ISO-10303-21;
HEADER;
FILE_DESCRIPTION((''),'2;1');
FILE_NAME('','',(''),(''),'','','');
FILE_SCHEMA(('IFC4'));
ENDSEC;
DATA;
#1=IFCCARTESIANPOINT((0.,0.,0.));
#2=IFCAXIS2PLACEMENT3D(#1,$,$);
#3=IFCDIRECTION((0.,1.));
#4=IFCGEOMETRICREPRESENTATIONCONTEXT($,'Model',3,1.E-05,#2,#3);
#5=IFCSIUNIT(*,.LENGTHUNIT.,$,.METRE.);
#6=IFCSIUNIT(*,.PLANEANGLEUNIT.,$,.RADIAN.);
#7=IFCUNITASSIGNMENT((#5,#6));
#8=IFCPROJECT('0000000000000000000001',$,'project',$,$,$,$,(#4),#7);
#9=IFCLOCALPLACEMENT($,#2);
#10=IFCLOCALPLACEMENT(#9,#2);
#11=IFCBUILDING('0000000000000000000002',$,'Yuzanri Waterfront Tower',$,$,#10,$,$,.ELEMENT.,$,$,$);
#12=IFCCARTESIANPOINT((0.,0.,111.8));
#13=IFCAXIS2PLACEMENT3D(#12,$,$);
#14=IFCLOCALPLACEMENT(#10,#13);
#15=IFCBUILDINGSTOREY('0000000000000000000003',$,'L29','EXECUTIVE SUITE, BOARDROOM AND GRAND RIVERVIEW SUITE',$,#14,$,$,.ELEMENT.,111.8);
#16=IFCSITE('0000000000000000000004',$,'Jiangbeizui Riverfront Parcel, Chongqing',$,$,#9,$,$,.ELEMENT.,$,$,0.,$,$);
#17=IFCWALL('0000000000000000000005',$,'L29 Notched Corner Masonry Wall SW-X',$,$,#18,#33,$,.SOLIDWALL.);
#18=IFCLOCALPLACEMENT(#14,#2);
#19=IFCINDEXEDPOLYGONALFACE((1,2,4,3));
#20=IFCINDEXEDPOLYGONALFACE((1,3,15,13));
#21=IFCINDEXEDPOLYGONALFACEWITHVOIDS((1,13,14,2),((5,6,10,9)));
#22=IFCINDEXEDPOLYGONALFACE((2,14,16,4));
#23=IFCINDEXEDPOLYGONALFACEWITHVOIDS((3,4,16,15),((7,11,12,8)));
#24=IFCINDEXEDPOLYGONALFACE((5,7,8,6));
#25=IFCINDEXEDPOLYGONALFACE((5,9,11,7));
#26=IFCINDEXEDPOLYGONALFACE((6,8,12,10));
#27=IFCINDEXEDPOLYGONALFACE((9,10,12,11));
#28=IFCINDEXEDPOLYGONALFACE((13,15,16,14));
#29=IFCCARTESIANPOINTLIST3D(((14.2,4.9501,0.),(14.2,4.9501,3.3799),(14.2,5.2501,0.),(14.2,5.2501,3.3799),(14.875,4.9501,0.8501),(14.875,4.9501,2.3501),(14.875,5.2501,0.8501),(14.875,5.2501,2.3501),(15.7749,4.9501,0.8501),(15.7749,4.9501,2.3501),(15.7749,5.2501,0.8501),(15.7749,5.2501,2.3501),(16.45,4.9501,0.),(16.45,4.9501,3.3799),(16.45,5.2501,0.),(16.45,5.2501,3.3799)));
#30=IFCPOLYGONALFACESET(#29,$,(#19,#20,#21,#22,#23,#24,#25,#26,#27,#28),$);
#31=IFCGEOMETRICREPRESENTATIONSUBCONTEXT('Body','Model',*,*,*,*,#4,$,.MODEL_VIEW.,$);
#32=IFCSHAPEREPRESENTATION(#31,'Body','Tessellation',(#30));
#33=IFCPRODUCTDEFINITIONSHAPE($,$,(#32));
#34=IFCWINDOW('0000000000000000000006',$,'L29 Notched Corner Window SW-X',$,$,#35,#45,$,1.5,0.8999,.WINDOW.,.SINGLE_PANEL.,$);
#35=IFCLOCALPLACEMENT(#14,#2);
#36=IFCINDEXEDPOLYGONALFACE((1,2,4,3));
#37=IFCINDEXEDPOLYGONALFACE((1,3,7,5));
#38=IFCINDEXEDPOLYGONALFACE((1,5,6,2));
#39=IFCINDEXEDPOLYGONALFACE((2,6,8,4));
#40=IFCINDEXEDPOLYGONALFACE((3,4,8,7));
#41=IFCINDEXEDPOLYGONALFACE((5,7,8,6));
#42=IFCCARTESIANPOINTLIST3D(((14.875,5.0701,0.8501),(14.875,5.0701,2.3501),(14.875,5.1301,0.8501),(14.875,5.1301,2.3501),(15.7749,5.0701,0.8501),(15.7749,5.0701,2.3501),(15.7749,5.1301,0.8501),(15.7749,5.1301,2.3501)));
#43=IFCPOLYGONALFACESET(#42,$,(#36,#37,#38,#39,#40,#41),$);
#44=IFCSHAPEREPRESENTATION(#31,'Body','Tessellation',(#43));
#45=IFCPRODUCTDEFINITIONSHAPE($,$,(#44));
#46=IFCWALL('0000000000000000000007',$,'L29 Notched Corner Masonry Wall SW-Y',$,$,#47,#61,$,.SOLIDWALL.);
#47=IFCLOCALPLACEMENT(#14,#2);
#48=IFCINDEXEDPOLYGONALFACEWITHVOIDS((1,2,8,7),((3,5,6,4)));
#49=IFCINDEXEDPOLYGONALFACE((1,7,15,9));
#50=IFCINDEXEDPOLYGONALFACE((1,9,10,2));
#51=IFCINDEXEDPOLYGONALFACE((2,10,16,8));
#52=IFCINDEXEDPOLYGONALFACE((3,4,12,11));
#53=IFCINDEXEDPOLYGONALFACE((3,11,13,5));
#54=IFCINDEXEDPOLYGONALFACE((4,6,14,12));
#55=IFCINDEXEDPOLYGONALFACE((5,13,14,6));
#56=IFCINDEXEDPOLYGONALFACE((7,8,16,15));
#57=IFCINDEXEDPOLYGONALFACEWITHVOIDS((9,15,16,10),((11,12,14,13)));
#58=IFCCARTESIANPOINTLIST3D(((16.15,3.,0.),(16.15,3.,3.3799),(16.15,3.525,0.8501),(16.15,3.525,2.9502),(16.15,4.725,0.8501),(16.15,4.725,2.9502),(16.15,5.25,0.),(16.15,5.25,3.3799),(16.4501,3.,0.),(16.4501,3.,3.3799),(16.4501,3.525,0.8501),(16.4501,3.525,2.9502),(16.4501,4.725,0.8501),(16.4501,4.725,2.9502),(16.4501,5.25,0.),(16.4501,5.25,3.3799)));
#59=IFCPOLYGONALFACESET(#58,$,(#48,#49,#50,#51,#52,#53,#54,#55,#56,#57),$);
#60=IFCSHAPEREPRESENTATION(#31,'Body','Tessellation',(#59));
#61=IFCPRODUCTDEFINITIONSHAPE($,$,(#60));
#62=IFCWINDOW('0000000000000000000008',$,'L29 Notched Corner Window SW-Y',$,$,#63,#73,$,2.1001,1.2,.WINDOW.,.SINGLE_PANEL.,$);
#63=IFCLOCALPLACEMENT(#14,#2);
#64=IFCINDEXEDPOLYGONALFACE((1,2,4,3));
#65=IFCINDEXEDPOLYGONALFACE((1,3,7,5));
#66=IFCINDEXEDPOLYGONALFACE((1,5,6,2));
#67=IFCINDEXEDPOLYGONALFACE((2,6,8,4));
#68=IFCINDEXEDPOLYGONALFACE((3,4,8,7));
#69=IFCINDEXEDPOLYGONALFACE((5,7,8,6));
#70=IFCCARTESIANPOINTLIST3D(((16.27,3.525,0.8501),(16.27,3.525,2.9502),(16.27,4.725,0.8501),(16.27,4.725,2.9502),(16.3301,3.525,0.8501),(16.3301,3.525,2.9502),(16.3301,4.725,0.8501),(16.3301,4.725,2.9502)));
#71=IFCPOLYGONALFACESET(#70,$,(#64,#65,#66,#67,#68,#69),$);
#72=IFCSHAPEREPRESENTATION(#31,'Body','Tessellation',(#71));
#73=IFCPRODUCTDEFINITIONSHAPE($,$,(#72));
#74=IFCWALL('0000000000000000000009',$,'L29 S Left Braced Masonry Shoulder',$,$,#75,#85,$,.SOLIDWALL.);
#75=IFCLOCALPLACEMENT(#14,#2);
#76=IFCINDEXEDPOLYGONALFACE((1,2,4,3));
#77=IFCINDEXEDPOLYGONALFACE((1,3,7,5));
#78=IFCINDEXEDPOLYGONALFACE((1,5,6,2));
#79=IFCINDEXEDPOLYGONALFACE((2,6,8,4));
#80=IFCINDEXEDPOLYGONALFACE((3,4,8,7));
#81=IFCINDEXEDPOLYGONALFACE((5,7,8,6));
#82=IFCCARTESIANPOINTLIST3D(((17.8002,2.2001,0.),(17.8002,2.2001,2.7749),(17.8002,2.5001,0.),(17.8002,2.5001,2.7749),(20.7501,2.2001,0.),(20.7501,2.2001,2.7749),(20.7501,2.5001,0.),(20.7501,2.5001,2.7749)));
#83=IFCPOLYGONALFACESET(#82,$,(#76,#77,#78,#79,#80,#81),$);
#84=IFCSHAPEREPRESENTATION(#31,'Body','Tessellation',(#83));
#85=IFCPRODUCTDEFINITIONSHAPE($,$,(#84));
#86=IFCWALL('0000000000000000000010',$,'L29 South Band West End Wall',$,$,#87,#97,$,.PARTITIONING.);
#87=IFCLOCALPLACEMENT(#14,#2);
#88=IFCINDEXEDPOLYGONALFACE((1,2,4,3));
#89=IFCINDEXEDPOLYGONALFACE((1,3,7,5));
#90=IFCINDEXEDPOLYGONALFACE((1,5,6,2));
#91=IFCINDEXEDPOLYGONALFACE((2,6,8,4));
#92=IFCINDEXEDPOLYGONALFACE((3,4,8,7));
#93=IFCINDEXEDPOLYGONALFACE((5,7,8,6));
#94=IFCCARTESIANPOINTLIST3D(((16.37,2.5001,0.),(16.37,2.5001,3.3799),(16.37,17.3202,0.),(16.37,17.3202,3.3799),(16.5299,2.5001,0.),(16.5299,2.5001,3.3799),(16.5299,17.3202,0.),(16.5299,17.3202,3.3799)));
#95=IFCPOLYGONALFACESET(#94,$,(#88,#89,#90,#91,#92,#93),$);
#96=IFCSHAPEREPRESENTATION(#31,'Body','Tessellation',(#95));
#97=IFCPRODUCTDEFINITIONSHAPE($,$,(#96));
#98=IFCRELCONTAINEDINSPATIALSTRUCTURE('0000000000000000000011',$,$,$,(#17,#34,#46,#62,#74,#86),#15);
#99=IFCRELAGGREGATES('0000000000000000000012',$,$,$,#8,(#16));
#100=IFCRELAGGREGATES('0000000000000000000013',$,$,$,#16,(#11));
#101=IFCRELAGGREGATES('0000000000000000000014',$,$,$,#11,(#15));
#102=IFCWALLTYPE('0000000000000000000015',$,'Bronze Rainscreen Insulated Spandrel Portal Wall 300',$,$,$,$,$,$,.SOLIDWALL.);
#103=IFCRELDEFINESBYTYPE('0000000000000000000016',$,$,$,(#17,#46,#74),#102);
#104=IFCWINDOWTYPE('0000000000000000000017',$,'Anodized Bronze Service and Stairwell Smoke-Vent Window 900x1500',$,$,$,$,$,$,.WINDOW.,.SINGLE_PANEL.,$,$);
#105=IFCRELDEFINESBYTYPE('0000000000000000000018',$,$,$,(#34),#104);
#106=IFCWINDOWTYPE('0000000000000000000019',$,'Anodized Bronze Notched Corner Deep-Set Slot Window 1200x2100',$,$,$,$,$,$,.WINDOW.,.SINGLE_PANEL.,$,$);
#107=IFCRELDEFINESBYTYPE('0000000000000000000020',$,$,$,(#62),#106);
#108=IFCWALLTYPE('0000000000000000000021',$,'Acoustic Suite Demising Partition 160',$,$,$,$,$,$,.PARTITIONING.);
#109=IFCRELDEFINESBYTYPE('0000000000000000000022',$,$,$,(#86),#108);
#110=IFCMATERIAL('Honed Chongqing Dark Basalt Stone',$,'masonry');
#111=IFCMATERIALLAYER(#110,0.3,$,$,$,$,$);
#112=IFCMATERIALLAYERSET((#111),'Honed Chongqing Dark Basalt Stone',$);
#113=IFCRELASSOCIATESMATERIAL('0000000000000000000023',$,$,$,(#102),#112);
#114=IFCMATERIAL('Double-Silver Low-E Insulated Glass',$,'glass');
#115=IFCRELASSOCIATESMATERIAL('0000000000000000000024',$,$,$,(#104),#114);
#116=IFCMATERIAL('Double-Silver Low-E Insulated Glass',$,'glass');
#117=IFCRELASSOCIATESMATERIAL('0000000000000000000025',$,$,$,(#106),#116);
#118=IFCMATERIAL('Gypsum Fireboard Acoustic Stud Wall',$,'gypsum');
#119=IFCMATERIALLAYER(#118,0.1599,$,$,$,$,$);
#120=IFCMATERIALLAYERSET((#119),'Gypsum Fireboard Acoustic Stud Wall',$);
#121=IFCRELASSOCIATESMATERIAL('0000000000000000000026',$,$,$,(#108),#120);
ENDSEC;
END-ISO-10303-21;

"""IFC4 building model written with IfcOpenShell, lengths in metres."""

from ifc_helpers import new_model, si_unit, direction, frame, frame_2d, origin, place, context, subcontext, project, spatial, rectangle, extrude, source, transform, mapped, material, layer, layer_set, type_object, element, fill, save


model = new_model("IFC4")

# Units and contexts
model_context = context("Model", 3, precision=1e-05, world=origin(), true_north=direction((0.0, 1.0)))
body_context = subcontext(model_context, "Body", "Model", "MODEL_VIEW")
ifc_project = project(units=[si_unit("LENGTHUNIT", "METRE"), si_unit("PLANEANGLEUNIT", "RADIAN")], contexts=[model_context])

# Site, building, storey
site_placement = place(None, origin())
site = spatial("IfcSite", under=ifc_project, at=site_placement, Name="Jiangbeizui Riverfront Parcel, Chongqing", CompositionType="ELEMENT", RefElevation=0.0)
building_placement = place(site_placement, origin())
building = spatial("IfcBuilding", under=site, at=building_placement, Name="Yuzanri Waterfront Tower", CompositionType="ELEMENT")
storey_placement = place(building_placement, frame((0.0, 0.0, 111.8)))
storey = spatial("IfcBuildingStorey", under=building, at=storey_placement, Name="L29", Description="EXECUTIVE SUITE, BOARDROOM AND GRAND RIVERVIEW SUITE", CompositionType="ELEMENT", Elevation=111.8)

# Walls, openings, windows
ifc_material_1 = material(Name="Honed Chongqing Dark Basalt Stone", Category="masonry")
ifc_layer_1 = layer(ifc_material_1, 0.3)
ifc_layer_set_1 = layer_set([ifc_layer_1], Name="Honed Chongqing Dark Basalt Stone")
wall_type_1 = type_object("IfcWallType", Name="Bronze Rainscreen Insulated Spandrel Portal Wall 300", PredefinedType="SOLIDWALL", material=ifc_layer_set_1)
wall_1_placement = place(storey_placement, frame((14.2, 5.1001, 0.0), z_axis=(0.0, 0.0, 1.0), x_axis=(1.0, 0.0, 0.0)))
wall_1 = element("IfcWall", 1, at=wall_1_placement, inside=storey, type_object=wall_type_1, Name="L29 Notched Corner Masonry Wall SW-X", PredefinedType="SOLIDWALL", context=body_context, shape_type="SweptSolid", body=[
    extrude(rectangle(XDim=2.25, YDim=0.3, at=frame_2d((1.125, 0.0))), origin(), (0.0, 0.0, 1.0), 3.3799),
])
opening_1_placement = place(wall_1_placement, frame((0.675, 0.0, 0.8501)))
opening_1 = element("IfcOpeningElement", 2, at=opening_1_placement, cuts=wall_1, PredefinedType="OPENING", context=body_context, shape_type="SweptSolid", body=[
    extrude(rectangle(XDim=0.8999, YDim=1.5, at=frame_2d((0.45, 0.75))), frame((0.0, 0.165, 0.0), z_axis=(0.0, -1.0, 0.0), x_axis=(1.0, 0.0, 0.0)), (0.0, 0.0, 1.0), 0.3298),
])
ifc_material_2 = material(Name="Double-Silver Low-E Insulated Glass", Category="glass")
window_type_1 = type_object("IfcWindowType", Name="Anodized Bronze Service and Stairwell Smoke-Vent Window 900x1500", PartitioningType="SINGLE_PANEL", PredefinedType="WINDOW", material=ifc_material_2)
shared_shape_1 = source(origin(), body_context, "Body", "SweptSolid", [
    extrude(rectangle(XDim=0.8999, YDim=1.5, at=frame_2d((0.45, 0.75))), frame((0.0, 0.03, 0.0), z_axis=(0.0, -1.0, 0.0), x_axis=(1.0, 0.0, 0.0)), (0.0, 0.0, 1.0), 0.0601),
])
window_1_placement = place(opening_1_placement, origin())
window_1 = element("IfcWindow", 3, at=window_1_placement, inside=storey, type_object=window_type_1, Name="L29 Notched Corner Window SW-X", OverallHeight=1.5, OverallWidth=0.8999, PartitioningType="SINGLE_PANEL", PredefinedType="WINDOW", context=body_context, shape_type="MappedRepresentation", body=[
    mapped(shared_shape_1, transform((0.0, 0.0, 0.0), scale=1.0)),
])
fill(opening_1, window_1)
wall_2_placement = place(storey_placement, frame((16.3, 5.25, 0.0), z_axis=(0.0, 0.0, 1.0), x_axis=(0.0, -1.0, 0.0)))
wall_2 = element("IfcWall", 4, at=wall_2_placement, inside=storey, type_object=wall_type_1, Name="L29 Notched Corner Masonry Wall SW-Y", PredefinedType="SOLIDWALL", context=body_context, shape_type="SweptSolid", body=[
    extrude(rectangle(XDim=2.25, YDim=0.3, at=frame_2d((1.125, 0.0))), origin(), (0.0, 0.0, 1.0), 3.3799),
])
opening_2_placement = place(wall_2_placement, frame((0.5249, 0.0, 0.8501)))
opening_2 = element("IfcOpeningElement", 5, at=opening_2_placement, cuts=wall_2, PredefinedType="OPENING", context=body_context, shape_type="SweptSolid", body=[
    extrude(rectangle(XDim=1.2, YDim=2.1001, at=frame_2d((0.6001, 1.05))), frame((0.0, 0.165, 0.0), z_axis=(0.0, -1.0, 0.0), x_axis=(1.0, 0.0, 0.0)), (0.0, 0.0, 1.0), 0.3298),
])
ifc_material_3 = material(Name="Double-Silver Low-E Insulated Glass", Category="glass")
window_type_2 = type_object("IfcWindowType", Name="Anodized Bronze Notched Corner Deep-Set Slot Window 1200x2100", PartitioningType="SINGLE_PANEL", PredefinedType="WINDOW", material=ifc_material_3)
shared_shape_2 = source(origin(), body_context, "Body", "SweptSolid", [
    extrude(rectangle(XDim=1.2, YDim=2.1001, at=frame_2d((0.6001, 1.05))), frame((0.0, 0.03, 0.0), z_axis=(0.0, -1.0, 0.0), x_axis=(1.0, 0.0, 0.0)), (0.0, 0.0, 1.0), 0.0601),
])
window_2_placement = place(opening_2_placement, origin())
window_2 = element("IfcWindow", 6, at=window_2_placement, inside=storey, type_object=window_type_2, Name="L29 Notched Corner Window SW-Y", OverallHeight=2.1001, OverallWidth=1.2, PartitioningType="SINGLE_PANEL", PredefinedType="WINDOW", context=body_context, shape_type="MappedRepresentation", body=[
    mapped(shared_shape_2, transform((0.0, 0.0, 0.0), scale=1.0)),
])
fill(opening_2, window_2)

# Walls
shared_shape_3 = source(origin(), body_context, "Body", "SweptSolid", [
    extrude(rectangle(XDim=2.95, YDim=0.3, at=frame_2d((1.4751, 0.0))), origin(), (0.0, 0.0, 1.0), 2.7749),
])
wall_3_placement = place(storey_placement, frame((17.8, 2.3501, 0.0), z_axis=(0.0, 0.0, 1.0), x_axis=(1.0, 0.0, 0.0)))
element("IfcWall", 7, at=wall_3_placement, inside=storey, type_object=wall_type_1, Name="L29 S Left Braced Masonry Shoulder", PredefinedType="SOLIDWALL", context=body_context, shape_type="MappedRepresentation", body=[
    mapped(shared_shape_3, transform((0.0, 0.0, 0.0), scale=1.0)),
])
ifc_material_4 = material(Name="Gypsum Fireboard Acoustic Stud Wall", Category="gypsum")
ifc_layer_2 = layer(ifc_material_4, 0.1599)
ifc_layer_set_2 = layer_set([ifc_layer_2], Name="Gypsum Fireboard Acoustic Stud Wall")
wall_type_2 = type_object("IfcWallType", Name="Acoustic Suite Demising Partition 160", PredefinedType="PARTITIONING", material=ifc_layer_set_2)
shared_shape_4 = source(origin(), body_context, "Body", "SweptSolid", [
    extrude(rectangle(XDim=14.8201, YDim=0.1599, at=frame_2d((7.4102, 0.0))), origin(), (0.0, 0.0, 1.0), 3.3799),
])
wall_4_placement = place(storey_placement, frame((16.45, 2.5, 0.0), z_axis=(0.0, 0.0, 1.0), x_axis=(0.0, 1.0, 0.0)))
element("IfcWall", 8, at=wall_4_placement, inside=storey, type_object=wall_type_2, Name="L29 South Band West End Wall", PredefinedType="PARTITIONING", context=body_context, shape_type="MappedRepresentation", body=[
    mapped(shared_shape_4, transform((0.0, 0.0, 0.0), scale=1.0)),
])

save(model, "model.ifc")
